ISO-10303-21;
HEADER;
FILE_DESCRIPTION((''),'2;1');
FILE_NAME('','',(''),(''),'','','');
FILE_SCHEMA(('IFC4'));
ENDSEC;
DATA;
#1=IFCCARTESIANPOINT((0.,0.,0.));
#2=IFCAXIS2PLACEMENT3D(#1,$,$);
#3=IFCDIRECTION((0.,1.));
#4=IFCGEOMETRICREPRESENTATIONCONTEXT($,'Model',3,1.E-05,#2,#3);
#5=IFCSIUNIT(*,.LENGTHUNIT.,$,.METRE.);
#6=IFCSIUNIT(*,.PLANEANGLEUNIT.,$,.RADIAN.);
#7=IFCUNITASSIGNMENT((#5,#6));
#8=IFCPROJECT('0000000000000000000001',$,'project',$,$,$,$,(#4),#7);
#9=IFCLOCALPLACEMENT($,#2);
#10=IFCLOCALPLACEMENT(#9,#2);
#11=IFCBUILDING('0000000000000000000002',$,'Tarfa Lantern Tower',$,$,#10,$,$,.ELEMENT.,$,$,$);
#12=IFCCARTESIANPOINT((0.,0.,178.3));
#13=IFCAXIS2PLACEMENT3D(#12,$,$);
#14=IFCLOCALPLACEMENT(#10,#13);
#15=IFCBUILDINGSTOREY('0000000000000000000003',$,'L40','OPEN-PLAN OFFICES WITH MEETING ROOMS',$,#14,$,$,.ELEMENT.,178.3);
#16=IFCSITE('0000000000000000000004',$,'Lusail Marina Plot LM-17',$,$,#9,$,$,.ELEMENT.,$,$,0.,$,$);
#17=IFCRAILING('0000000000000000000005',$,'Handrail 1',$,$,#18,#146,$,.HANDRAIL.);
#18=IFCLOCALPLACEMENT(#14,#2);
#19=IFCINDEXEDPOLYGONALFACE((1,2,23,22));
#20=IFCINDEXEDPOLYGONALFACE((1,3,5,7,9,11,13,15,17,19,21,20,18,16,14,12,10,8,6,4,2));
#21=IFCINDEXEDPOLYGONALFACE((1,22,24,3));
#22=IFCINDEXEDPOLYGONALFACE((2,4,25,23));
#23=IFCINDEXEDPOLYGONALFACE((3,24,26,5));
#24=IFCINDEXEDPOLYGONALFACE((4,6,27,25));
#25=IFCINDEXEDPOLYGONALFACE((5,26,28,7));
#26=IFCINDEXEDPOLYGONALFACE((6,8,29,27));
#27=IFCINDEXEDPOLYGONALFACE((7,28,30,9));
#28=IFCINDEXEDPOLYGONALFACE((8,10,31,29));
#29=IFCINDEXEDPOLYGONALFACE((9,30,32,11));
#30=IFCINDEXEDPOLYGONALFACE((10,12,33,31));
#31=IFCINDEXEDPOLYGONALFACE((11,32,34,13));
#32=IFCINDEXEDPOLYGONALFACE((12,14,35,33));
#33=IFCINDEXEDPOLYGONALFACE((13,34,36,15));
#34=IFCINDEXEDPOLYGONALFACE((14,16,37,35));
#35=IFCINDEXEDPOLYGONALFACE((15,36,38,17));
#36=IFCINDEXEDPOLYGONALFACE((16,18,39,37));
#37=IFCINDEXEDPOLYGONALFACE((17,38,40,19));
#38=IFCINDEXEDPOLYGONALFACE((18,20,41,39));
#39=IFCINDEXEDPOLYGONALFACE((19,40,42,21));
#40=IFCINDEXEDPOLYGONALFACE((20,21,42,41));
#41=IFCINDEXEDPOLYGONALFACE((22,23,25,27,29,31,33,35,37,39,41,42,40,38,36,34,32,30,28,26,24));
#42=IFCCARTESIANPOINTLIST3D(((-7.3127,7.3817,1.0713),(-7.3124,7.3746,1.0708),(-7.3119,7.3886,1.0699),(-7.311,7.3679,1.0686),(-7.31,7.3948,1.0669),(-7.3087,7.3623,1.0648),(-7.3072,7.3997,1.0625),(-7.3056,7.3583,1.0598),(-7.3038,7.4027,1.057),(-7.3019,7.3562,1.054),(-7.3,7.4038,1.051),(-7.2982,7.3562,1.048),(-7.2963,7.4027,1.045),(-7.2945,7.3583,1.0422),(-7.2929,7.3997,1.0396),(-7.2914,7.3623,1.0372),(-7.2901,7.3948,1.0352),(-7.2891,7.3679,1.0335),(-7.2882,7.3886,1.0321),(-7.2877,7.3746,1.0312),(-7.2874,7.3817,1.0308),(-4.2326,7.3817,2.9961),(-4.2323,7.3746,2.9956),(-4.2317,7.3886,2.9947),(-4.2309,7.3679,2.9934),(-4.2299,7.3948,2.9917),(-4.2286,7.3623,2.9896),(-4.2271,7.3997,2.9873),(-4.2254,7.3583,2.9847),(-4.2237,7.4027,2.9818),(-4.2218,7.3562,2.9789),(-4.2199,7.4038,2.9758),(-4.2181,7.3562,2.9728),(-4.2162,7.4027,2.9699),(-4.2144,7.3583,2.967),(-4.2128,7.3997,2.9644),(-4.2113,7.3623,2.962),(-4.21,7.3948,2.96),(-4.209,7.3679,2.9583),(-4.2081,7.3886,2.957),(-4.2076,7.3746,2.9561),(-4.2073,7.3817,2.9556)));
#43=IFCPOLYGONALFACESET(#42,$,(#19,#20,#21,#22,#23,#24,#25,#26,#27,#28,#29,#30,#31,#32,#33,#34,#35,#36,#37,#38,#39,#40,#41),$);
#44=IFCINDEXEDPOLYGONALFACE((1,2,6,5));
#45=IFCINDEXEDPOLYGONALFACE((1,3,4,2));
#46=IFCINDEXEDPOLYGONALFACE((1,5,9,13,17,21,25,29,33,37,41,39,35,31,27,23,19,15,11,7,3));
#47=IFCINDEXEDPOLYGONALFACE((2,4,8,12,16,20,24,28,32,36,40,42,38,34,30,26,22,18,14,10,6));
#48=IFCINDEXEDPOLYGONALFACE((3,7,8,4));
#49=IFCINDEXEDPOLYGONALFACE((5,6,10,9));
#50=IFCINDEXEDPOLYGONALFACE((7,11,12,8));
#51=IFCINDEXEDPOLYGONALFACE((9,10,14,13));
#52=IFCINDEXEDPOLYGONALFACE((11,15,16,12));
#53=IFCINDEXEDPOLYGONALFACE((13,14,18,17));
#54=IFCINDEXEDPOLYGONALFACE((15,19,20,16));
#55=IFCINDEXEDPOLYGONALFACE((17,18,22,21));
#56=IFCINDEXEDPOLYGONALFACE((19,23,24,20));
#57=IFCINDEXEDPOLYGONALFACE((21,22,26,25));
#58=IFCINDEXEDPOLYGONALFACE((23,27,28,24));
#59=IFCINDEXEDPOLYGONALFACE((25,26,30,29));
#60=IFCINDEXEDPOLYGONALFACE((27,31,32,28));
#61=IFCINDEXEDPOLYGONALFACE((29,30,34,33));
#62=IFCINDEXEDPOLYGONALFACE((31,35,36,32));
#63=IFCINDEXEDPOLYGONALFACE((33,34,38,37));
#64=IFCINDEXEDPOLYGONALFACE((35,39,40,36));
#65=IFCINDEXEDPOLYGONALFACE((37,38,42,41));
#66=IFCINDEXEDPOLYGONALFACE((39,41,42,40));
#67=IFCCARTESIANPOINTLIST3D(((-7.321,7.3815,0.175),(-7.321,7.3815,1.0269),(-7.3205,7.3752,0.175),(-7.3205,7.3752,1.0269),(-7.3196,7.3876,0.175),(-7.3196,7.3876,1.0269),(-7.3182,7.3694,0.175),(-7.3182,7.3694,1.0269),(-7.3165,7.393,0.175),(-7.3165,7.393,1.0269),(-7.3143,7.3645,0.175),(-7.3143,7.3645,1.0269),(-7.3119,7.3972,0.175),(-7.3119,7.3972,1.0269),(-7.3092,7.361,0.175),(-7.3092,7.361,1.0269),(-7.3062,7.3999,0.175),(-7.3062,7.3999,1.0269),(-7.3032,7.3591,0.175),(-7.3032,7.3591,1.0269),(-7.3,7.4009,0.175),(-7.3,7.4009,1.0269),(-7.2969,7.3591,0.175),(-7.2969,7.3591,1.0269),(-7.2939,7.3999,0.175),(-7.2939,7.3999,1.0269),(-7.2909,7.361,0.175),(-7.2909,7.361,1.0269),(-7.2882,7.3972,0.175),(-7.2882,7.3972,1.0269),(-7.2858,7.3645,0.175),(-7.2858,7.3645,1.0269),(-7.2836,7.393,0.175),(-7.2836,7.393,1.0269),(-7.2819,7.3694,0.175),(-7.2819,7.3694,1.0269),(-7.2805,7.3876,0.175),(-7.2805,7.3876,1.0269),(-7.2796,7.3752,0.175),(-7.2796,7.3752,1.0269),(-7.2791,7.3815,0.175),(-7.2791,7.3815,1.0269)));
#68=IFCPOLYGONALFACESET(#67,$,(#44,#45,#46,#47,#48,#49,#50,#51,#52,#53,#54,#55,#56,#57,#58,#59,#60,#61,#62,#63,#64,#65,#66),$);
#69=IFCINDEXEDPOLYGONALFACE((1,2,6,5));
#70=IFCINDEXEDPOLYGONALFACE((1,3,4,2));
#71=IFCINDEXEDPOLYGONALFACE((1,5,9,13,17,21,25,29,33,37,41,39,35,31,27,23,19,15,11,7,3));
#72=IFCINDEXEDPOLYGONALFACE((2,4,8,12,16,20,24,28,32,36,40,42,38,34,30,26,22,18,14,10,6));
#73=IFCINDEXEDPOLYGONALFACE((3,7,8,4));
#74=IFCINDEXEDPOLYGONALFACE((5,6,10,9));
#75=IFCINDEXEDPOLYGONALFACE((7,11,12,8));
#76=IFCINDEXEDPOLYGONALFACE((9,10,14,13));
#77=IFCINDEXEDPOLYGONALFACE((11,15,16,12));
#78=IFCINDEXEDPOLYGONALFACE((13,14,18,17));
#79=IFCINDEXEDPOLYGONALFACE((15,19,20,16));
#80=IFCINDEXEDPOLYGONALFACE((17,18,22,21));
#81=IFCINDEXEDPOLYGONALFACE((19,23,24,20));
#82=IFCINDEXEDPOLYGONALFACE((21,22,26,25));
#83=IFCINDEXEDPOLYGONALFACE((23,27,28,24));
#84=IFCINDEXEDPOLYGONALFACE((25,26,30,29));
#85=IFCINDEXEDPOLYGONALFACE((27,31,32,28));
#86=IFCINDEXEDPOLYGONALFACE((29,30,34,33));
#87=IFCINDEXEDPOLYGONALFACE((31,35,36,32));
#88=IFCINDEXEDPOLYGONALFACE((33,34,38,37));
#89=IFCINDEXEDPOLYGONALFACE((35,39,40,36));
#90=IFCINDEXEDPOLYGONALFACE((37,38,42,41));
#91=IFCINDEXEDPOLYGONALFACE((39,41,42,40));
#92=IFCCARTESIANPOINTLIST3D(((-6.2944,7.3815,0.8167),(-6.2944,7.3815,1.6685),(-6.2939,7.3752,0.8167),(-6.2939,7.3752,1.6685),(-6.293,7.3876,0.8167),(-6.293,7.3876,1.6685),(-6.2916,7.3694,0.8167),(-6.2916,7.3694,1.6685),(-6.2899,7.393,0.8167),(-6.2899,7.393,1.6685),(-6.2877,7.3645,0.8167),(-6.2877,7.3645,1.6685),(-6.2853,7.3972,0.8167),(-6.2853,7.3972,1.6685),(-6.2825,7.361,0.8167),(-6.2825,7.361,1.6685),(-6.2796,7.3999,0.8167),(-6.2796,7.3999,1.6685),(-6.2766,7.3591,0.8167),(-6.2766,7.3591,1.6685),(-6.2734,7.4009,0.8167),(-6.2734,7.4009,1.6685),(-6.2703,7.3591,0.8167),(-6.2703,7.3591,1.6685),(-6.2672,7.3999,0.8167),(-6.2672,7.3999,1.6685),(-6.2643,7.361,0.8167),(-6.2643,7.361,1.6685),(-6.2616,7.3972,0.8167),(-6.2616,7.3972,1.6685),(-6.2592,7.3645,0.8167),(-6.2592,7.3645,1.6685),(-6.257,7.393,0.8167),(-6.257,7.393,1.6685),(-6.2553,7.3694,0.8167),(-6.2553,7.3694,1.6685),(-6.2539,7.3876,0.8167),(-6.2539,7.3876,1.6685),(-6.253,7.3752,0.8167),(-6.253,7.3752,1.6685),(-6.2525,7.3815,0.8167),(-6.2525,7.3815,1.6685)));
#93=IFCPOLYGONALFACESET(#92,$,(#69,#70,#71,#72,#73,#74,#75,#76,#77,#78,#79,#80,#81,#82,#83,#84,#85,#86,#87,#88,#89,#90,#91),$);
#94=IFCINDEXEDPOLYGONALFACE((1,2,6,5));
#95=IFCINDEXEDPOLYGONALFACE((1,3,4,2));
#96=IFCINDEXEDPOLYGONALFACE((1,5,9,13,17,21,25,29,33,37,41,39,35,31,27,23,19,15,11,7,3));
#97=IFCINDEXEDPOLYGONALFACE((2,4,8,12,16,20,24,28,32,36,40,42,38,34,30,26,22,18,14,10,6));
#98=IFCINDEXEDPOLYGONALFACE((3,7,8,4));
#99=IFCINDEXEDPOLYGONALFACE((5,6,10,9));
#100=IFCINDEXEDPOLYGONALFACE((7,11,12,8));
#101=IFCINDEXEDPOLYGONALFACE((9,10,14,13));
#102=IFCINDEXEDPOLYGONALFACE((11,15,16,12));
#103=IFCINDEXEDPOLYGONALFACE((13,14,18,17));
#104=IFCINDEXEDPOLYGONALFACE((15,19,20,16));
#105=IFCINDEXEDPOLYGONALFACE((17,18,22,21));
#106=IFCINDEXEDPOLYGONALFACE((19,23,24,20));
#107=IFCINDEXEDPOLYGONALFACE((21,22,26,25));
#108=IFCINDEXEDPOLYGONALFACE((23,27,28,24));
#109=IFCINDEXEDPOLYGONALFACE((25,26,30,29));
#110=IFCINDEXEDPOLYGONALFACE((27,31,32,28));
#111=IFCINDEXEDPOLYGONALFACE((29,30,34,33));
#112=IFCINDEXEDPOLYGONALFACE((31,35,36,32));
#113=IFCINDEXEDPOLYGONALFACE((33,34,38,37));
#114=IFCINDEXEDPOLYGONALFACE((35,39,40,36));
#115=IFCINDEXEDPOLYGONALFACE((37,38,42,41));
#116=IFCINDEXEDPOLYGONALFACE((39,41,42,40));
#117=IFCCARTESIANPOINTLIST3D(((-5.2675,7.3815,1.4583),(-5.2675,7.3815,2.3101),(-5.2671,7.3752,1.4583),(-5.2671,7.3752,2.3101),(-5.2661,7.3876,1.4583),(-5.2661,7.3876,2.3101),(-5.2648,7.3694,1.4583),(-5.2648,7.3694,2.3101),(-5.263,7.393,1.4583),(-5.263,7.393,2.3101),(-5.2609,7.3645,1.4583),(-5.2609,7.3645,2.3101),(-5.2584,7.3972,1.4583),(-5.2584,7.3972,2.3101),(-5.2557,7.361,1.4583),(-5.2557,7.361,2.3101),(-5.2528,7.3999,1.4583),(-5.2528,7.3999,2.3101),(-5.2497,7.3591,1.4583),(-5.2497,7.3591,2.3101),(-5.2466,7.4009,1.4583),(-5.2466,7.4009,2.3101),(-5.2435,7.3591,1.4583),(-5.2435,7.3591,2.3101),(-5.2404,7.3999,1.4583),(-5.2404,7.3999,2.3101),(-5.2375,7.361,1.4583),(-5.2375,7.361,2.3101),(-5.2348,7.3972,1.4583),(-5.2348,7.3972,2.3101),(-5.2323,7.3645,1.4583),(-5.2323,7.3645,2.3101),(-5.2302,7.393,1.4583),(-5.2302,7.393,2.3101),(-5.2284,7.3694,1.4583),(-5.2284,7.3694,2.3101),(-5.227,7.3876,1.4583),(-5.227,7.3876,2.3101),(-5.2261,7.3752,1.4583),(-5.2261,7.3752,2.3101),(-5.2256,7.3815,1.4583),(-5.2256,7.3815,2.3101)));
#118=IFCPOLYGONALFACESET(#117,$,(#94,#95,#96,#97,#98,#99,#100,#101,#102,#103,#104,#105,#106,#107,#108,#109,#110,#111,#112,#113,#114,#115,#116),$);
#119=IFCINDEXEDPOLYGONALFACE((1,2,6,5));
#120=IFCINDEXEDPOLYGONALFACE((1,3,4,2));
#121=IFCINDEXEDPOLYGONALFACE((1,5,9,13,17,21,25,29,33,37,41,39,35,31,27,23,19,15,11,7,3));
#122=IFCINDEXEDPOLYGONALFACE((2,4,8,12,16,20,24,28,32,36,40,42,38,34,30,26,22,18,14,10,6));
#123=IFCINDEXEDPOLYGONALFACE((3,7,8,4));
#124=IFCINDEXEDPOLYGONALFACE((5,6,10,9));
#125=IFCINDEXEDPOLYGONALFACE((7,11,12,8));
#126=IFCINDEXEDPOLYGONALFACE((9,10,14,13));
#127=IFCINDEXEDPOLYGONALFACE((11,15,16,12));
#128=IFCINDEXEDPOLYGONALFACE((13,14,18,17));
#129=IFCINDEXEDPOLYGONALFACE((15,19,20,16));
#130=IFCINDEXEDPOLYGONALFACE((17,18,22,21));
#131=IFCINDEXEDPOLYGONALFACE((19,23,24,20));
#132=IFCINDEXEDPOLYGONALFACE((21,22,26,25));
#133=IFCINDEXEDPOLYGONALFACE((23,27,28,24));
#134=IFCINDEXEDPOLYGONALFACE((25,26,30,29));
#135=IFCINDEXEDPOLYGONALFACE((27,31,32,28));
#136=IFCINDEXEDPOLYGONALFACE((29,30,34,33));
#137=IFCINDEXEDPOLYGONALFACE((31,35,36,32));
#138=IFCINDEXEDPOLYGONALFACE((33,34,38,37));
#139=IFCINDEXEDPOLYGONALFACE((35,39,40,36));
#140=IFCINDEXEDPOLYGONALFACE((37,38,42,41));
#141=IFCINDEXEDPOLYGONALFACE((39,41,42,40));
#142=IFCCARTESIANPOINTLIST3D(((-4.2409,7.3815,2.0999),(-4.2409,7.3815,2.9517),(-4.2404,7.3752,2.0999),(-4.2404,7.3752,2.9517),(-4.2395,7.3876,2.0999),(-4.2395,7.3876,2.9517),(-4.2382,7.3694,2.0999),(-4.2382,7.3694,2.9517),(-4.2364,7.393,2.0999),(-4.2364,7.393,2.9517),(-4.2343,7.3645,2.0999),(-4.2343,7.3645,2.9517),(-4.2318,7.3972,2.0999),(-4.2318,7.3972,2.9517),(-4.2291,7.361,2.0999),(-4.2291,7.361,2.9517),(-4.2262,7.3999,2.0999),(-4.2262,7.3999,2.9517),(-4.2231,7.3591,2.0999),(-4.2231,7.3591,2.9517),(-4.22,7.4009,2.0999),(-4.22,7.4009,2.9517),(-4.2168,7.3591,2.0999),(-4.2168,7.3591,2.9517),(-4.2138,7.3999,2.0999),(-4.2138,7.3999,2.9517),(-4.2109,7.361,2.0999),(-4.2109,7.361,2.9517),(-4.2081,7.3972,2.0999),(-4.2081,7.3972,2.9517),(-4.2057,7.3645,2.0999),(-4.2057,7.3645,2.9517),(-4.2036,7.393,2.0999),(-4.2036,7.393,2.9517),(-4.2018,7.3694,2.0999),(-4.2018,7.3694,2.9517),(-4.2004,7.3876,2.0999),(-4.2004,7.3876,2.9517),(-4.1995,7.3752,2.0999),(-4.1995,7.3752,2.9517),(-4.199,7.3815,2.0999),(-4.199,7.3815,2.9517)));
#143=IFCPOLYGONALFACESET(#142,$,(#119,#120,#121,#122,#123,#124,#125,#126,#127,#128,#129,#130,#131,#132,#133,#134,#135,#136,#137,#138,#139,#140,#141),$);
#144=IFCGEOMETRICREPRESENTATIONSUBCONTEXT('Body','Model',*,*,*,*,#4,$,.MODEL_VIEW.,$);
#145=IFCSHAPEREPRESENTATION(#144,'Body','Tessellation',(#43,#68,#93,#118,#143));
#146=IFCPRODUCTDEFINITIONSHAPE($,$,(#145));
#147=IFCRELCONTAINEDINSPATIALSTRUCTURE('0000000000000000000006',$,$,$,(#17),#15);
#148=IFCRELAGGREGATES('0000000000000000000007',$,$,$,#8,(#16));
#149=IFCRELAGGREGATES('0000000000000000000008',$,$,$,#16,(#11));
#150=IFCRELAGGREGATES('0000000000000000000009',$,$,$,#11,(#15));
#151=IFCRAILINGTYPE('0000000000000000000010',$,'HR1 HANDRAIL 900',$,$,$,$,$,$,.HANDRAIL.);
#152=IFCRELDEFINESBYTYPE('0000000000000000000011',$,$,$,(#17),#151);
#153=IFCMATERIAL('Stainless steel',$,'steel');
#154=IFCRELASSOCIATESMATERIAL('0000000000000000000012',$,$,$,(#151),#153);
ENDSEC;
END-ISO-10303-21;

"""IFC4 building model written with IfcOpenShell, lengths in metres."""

from ifc_helpers import new_model, si_unit, direction, frame, origin, origin_2d, place, context, subcontext, project, spatial, circle, extrude, material, type_object, element, save


model = new_model("IFC4")

# Units and contexts
model_context = context("Model", 3, precision=1e-05, world=origin(), true_north=direction((0.0, 1.0)))
body_context = subcontext(model_context, "Body", "Model", "MODEL_VIEW")
ifc_project = project(units=[si_unit("LENGTHUNIT", "METRE"), si_unit("PLANEANGLEUNIT", "RADIAN")], contexts=[model_context])

# Site, building, storey
site_placement = place(None, origin())
site = spatial("IfcSite", under=ifc_project, at=site_placement, Name="Lusail Marina Plot LM-17", CompositionType="ELEMENT", RefElevation=0.0)
building_placement = place(site_placement, origin())
building = spatial("IfcBuilding", under=site, at=building_placement, Name="Tarfa Lantern Tower", CompositionType="ELEMENT")
storey_placement = place(building_placement, frame((0.0, 0.0, 178.3)))
storey = spatial("IfcBuildingStorey", under=building, at=storey_placement, Name="L40", Description="OPEN-PLAN OFFICES WITH MEETING ROOMS", CompositionType="ELEMENT", Elevation=178.3)

# Railing
ifc_material_1 = material(Name="Stainless steel", Category="steel")
railing_type = type_object("IfcRailingType", Name="HR1 HANDRAIL 900", PredefinedType="HANDRAIL", material=ifc_material_1)
railing_1_placement = place(storey_placement, frame((-7.3, 7.3799, 0.175)))
element("IfcRailing", 1, at=railing_1_placement, inside=storey, type_object=railing_type, Name="Handrail 1", PredefinedType="HANDRAIL", context=body_context, shape_type="SweptSolid", body=[
    extrude(circle(Radius=0.0239, at=origin_2d()), frame((0.0, 0.0, 0.876), z_axis=(0.848029, 0.0, 0.529951), x_axis=(0.0, 1.0, 0.0)), (0.0, 0.0, 1.0), 3.6321),
    extrude(circle(Radius=0.021, at=origin_2d()), frame((0.0, 0.0, 0.0), z_axis=(0.0, 0.0, 1.0), x_axis=(0.0, 1.0, 0.0)), (0.0, 0.0, 1.0), 0.8518),
    extrude(circle(Radius=0.021, at=origin_2d()), frame((1.0266, 0.0, 0.6416), z_axis=(0.0, 0.0, 1.0), x_axis=(0.0, 1.0, 0.0)), (0.0, 0.0, 1.0), 0.8518),
    extrude(circle(Radius=0.021, at=origin_2d()), frame((2.0535, 0.0, 1.2832), z_axis=(0.0, 0.0, 1.0), x_axis=(0.0, 1.0, 0.0)), (0.0, 0.0, 1.0), 0.8518),
    extrude(circle(Radius=0.021, at=origin_2d()), frame((3.0801, 0.0, 1.9248), z_axis=(0.0, 0.0, 1.0), x_axis=(0.0, 1.0, 0.0)), (0.0, 0.0, 1.0), 0.8518),
])

save(model, "model.ifc")
